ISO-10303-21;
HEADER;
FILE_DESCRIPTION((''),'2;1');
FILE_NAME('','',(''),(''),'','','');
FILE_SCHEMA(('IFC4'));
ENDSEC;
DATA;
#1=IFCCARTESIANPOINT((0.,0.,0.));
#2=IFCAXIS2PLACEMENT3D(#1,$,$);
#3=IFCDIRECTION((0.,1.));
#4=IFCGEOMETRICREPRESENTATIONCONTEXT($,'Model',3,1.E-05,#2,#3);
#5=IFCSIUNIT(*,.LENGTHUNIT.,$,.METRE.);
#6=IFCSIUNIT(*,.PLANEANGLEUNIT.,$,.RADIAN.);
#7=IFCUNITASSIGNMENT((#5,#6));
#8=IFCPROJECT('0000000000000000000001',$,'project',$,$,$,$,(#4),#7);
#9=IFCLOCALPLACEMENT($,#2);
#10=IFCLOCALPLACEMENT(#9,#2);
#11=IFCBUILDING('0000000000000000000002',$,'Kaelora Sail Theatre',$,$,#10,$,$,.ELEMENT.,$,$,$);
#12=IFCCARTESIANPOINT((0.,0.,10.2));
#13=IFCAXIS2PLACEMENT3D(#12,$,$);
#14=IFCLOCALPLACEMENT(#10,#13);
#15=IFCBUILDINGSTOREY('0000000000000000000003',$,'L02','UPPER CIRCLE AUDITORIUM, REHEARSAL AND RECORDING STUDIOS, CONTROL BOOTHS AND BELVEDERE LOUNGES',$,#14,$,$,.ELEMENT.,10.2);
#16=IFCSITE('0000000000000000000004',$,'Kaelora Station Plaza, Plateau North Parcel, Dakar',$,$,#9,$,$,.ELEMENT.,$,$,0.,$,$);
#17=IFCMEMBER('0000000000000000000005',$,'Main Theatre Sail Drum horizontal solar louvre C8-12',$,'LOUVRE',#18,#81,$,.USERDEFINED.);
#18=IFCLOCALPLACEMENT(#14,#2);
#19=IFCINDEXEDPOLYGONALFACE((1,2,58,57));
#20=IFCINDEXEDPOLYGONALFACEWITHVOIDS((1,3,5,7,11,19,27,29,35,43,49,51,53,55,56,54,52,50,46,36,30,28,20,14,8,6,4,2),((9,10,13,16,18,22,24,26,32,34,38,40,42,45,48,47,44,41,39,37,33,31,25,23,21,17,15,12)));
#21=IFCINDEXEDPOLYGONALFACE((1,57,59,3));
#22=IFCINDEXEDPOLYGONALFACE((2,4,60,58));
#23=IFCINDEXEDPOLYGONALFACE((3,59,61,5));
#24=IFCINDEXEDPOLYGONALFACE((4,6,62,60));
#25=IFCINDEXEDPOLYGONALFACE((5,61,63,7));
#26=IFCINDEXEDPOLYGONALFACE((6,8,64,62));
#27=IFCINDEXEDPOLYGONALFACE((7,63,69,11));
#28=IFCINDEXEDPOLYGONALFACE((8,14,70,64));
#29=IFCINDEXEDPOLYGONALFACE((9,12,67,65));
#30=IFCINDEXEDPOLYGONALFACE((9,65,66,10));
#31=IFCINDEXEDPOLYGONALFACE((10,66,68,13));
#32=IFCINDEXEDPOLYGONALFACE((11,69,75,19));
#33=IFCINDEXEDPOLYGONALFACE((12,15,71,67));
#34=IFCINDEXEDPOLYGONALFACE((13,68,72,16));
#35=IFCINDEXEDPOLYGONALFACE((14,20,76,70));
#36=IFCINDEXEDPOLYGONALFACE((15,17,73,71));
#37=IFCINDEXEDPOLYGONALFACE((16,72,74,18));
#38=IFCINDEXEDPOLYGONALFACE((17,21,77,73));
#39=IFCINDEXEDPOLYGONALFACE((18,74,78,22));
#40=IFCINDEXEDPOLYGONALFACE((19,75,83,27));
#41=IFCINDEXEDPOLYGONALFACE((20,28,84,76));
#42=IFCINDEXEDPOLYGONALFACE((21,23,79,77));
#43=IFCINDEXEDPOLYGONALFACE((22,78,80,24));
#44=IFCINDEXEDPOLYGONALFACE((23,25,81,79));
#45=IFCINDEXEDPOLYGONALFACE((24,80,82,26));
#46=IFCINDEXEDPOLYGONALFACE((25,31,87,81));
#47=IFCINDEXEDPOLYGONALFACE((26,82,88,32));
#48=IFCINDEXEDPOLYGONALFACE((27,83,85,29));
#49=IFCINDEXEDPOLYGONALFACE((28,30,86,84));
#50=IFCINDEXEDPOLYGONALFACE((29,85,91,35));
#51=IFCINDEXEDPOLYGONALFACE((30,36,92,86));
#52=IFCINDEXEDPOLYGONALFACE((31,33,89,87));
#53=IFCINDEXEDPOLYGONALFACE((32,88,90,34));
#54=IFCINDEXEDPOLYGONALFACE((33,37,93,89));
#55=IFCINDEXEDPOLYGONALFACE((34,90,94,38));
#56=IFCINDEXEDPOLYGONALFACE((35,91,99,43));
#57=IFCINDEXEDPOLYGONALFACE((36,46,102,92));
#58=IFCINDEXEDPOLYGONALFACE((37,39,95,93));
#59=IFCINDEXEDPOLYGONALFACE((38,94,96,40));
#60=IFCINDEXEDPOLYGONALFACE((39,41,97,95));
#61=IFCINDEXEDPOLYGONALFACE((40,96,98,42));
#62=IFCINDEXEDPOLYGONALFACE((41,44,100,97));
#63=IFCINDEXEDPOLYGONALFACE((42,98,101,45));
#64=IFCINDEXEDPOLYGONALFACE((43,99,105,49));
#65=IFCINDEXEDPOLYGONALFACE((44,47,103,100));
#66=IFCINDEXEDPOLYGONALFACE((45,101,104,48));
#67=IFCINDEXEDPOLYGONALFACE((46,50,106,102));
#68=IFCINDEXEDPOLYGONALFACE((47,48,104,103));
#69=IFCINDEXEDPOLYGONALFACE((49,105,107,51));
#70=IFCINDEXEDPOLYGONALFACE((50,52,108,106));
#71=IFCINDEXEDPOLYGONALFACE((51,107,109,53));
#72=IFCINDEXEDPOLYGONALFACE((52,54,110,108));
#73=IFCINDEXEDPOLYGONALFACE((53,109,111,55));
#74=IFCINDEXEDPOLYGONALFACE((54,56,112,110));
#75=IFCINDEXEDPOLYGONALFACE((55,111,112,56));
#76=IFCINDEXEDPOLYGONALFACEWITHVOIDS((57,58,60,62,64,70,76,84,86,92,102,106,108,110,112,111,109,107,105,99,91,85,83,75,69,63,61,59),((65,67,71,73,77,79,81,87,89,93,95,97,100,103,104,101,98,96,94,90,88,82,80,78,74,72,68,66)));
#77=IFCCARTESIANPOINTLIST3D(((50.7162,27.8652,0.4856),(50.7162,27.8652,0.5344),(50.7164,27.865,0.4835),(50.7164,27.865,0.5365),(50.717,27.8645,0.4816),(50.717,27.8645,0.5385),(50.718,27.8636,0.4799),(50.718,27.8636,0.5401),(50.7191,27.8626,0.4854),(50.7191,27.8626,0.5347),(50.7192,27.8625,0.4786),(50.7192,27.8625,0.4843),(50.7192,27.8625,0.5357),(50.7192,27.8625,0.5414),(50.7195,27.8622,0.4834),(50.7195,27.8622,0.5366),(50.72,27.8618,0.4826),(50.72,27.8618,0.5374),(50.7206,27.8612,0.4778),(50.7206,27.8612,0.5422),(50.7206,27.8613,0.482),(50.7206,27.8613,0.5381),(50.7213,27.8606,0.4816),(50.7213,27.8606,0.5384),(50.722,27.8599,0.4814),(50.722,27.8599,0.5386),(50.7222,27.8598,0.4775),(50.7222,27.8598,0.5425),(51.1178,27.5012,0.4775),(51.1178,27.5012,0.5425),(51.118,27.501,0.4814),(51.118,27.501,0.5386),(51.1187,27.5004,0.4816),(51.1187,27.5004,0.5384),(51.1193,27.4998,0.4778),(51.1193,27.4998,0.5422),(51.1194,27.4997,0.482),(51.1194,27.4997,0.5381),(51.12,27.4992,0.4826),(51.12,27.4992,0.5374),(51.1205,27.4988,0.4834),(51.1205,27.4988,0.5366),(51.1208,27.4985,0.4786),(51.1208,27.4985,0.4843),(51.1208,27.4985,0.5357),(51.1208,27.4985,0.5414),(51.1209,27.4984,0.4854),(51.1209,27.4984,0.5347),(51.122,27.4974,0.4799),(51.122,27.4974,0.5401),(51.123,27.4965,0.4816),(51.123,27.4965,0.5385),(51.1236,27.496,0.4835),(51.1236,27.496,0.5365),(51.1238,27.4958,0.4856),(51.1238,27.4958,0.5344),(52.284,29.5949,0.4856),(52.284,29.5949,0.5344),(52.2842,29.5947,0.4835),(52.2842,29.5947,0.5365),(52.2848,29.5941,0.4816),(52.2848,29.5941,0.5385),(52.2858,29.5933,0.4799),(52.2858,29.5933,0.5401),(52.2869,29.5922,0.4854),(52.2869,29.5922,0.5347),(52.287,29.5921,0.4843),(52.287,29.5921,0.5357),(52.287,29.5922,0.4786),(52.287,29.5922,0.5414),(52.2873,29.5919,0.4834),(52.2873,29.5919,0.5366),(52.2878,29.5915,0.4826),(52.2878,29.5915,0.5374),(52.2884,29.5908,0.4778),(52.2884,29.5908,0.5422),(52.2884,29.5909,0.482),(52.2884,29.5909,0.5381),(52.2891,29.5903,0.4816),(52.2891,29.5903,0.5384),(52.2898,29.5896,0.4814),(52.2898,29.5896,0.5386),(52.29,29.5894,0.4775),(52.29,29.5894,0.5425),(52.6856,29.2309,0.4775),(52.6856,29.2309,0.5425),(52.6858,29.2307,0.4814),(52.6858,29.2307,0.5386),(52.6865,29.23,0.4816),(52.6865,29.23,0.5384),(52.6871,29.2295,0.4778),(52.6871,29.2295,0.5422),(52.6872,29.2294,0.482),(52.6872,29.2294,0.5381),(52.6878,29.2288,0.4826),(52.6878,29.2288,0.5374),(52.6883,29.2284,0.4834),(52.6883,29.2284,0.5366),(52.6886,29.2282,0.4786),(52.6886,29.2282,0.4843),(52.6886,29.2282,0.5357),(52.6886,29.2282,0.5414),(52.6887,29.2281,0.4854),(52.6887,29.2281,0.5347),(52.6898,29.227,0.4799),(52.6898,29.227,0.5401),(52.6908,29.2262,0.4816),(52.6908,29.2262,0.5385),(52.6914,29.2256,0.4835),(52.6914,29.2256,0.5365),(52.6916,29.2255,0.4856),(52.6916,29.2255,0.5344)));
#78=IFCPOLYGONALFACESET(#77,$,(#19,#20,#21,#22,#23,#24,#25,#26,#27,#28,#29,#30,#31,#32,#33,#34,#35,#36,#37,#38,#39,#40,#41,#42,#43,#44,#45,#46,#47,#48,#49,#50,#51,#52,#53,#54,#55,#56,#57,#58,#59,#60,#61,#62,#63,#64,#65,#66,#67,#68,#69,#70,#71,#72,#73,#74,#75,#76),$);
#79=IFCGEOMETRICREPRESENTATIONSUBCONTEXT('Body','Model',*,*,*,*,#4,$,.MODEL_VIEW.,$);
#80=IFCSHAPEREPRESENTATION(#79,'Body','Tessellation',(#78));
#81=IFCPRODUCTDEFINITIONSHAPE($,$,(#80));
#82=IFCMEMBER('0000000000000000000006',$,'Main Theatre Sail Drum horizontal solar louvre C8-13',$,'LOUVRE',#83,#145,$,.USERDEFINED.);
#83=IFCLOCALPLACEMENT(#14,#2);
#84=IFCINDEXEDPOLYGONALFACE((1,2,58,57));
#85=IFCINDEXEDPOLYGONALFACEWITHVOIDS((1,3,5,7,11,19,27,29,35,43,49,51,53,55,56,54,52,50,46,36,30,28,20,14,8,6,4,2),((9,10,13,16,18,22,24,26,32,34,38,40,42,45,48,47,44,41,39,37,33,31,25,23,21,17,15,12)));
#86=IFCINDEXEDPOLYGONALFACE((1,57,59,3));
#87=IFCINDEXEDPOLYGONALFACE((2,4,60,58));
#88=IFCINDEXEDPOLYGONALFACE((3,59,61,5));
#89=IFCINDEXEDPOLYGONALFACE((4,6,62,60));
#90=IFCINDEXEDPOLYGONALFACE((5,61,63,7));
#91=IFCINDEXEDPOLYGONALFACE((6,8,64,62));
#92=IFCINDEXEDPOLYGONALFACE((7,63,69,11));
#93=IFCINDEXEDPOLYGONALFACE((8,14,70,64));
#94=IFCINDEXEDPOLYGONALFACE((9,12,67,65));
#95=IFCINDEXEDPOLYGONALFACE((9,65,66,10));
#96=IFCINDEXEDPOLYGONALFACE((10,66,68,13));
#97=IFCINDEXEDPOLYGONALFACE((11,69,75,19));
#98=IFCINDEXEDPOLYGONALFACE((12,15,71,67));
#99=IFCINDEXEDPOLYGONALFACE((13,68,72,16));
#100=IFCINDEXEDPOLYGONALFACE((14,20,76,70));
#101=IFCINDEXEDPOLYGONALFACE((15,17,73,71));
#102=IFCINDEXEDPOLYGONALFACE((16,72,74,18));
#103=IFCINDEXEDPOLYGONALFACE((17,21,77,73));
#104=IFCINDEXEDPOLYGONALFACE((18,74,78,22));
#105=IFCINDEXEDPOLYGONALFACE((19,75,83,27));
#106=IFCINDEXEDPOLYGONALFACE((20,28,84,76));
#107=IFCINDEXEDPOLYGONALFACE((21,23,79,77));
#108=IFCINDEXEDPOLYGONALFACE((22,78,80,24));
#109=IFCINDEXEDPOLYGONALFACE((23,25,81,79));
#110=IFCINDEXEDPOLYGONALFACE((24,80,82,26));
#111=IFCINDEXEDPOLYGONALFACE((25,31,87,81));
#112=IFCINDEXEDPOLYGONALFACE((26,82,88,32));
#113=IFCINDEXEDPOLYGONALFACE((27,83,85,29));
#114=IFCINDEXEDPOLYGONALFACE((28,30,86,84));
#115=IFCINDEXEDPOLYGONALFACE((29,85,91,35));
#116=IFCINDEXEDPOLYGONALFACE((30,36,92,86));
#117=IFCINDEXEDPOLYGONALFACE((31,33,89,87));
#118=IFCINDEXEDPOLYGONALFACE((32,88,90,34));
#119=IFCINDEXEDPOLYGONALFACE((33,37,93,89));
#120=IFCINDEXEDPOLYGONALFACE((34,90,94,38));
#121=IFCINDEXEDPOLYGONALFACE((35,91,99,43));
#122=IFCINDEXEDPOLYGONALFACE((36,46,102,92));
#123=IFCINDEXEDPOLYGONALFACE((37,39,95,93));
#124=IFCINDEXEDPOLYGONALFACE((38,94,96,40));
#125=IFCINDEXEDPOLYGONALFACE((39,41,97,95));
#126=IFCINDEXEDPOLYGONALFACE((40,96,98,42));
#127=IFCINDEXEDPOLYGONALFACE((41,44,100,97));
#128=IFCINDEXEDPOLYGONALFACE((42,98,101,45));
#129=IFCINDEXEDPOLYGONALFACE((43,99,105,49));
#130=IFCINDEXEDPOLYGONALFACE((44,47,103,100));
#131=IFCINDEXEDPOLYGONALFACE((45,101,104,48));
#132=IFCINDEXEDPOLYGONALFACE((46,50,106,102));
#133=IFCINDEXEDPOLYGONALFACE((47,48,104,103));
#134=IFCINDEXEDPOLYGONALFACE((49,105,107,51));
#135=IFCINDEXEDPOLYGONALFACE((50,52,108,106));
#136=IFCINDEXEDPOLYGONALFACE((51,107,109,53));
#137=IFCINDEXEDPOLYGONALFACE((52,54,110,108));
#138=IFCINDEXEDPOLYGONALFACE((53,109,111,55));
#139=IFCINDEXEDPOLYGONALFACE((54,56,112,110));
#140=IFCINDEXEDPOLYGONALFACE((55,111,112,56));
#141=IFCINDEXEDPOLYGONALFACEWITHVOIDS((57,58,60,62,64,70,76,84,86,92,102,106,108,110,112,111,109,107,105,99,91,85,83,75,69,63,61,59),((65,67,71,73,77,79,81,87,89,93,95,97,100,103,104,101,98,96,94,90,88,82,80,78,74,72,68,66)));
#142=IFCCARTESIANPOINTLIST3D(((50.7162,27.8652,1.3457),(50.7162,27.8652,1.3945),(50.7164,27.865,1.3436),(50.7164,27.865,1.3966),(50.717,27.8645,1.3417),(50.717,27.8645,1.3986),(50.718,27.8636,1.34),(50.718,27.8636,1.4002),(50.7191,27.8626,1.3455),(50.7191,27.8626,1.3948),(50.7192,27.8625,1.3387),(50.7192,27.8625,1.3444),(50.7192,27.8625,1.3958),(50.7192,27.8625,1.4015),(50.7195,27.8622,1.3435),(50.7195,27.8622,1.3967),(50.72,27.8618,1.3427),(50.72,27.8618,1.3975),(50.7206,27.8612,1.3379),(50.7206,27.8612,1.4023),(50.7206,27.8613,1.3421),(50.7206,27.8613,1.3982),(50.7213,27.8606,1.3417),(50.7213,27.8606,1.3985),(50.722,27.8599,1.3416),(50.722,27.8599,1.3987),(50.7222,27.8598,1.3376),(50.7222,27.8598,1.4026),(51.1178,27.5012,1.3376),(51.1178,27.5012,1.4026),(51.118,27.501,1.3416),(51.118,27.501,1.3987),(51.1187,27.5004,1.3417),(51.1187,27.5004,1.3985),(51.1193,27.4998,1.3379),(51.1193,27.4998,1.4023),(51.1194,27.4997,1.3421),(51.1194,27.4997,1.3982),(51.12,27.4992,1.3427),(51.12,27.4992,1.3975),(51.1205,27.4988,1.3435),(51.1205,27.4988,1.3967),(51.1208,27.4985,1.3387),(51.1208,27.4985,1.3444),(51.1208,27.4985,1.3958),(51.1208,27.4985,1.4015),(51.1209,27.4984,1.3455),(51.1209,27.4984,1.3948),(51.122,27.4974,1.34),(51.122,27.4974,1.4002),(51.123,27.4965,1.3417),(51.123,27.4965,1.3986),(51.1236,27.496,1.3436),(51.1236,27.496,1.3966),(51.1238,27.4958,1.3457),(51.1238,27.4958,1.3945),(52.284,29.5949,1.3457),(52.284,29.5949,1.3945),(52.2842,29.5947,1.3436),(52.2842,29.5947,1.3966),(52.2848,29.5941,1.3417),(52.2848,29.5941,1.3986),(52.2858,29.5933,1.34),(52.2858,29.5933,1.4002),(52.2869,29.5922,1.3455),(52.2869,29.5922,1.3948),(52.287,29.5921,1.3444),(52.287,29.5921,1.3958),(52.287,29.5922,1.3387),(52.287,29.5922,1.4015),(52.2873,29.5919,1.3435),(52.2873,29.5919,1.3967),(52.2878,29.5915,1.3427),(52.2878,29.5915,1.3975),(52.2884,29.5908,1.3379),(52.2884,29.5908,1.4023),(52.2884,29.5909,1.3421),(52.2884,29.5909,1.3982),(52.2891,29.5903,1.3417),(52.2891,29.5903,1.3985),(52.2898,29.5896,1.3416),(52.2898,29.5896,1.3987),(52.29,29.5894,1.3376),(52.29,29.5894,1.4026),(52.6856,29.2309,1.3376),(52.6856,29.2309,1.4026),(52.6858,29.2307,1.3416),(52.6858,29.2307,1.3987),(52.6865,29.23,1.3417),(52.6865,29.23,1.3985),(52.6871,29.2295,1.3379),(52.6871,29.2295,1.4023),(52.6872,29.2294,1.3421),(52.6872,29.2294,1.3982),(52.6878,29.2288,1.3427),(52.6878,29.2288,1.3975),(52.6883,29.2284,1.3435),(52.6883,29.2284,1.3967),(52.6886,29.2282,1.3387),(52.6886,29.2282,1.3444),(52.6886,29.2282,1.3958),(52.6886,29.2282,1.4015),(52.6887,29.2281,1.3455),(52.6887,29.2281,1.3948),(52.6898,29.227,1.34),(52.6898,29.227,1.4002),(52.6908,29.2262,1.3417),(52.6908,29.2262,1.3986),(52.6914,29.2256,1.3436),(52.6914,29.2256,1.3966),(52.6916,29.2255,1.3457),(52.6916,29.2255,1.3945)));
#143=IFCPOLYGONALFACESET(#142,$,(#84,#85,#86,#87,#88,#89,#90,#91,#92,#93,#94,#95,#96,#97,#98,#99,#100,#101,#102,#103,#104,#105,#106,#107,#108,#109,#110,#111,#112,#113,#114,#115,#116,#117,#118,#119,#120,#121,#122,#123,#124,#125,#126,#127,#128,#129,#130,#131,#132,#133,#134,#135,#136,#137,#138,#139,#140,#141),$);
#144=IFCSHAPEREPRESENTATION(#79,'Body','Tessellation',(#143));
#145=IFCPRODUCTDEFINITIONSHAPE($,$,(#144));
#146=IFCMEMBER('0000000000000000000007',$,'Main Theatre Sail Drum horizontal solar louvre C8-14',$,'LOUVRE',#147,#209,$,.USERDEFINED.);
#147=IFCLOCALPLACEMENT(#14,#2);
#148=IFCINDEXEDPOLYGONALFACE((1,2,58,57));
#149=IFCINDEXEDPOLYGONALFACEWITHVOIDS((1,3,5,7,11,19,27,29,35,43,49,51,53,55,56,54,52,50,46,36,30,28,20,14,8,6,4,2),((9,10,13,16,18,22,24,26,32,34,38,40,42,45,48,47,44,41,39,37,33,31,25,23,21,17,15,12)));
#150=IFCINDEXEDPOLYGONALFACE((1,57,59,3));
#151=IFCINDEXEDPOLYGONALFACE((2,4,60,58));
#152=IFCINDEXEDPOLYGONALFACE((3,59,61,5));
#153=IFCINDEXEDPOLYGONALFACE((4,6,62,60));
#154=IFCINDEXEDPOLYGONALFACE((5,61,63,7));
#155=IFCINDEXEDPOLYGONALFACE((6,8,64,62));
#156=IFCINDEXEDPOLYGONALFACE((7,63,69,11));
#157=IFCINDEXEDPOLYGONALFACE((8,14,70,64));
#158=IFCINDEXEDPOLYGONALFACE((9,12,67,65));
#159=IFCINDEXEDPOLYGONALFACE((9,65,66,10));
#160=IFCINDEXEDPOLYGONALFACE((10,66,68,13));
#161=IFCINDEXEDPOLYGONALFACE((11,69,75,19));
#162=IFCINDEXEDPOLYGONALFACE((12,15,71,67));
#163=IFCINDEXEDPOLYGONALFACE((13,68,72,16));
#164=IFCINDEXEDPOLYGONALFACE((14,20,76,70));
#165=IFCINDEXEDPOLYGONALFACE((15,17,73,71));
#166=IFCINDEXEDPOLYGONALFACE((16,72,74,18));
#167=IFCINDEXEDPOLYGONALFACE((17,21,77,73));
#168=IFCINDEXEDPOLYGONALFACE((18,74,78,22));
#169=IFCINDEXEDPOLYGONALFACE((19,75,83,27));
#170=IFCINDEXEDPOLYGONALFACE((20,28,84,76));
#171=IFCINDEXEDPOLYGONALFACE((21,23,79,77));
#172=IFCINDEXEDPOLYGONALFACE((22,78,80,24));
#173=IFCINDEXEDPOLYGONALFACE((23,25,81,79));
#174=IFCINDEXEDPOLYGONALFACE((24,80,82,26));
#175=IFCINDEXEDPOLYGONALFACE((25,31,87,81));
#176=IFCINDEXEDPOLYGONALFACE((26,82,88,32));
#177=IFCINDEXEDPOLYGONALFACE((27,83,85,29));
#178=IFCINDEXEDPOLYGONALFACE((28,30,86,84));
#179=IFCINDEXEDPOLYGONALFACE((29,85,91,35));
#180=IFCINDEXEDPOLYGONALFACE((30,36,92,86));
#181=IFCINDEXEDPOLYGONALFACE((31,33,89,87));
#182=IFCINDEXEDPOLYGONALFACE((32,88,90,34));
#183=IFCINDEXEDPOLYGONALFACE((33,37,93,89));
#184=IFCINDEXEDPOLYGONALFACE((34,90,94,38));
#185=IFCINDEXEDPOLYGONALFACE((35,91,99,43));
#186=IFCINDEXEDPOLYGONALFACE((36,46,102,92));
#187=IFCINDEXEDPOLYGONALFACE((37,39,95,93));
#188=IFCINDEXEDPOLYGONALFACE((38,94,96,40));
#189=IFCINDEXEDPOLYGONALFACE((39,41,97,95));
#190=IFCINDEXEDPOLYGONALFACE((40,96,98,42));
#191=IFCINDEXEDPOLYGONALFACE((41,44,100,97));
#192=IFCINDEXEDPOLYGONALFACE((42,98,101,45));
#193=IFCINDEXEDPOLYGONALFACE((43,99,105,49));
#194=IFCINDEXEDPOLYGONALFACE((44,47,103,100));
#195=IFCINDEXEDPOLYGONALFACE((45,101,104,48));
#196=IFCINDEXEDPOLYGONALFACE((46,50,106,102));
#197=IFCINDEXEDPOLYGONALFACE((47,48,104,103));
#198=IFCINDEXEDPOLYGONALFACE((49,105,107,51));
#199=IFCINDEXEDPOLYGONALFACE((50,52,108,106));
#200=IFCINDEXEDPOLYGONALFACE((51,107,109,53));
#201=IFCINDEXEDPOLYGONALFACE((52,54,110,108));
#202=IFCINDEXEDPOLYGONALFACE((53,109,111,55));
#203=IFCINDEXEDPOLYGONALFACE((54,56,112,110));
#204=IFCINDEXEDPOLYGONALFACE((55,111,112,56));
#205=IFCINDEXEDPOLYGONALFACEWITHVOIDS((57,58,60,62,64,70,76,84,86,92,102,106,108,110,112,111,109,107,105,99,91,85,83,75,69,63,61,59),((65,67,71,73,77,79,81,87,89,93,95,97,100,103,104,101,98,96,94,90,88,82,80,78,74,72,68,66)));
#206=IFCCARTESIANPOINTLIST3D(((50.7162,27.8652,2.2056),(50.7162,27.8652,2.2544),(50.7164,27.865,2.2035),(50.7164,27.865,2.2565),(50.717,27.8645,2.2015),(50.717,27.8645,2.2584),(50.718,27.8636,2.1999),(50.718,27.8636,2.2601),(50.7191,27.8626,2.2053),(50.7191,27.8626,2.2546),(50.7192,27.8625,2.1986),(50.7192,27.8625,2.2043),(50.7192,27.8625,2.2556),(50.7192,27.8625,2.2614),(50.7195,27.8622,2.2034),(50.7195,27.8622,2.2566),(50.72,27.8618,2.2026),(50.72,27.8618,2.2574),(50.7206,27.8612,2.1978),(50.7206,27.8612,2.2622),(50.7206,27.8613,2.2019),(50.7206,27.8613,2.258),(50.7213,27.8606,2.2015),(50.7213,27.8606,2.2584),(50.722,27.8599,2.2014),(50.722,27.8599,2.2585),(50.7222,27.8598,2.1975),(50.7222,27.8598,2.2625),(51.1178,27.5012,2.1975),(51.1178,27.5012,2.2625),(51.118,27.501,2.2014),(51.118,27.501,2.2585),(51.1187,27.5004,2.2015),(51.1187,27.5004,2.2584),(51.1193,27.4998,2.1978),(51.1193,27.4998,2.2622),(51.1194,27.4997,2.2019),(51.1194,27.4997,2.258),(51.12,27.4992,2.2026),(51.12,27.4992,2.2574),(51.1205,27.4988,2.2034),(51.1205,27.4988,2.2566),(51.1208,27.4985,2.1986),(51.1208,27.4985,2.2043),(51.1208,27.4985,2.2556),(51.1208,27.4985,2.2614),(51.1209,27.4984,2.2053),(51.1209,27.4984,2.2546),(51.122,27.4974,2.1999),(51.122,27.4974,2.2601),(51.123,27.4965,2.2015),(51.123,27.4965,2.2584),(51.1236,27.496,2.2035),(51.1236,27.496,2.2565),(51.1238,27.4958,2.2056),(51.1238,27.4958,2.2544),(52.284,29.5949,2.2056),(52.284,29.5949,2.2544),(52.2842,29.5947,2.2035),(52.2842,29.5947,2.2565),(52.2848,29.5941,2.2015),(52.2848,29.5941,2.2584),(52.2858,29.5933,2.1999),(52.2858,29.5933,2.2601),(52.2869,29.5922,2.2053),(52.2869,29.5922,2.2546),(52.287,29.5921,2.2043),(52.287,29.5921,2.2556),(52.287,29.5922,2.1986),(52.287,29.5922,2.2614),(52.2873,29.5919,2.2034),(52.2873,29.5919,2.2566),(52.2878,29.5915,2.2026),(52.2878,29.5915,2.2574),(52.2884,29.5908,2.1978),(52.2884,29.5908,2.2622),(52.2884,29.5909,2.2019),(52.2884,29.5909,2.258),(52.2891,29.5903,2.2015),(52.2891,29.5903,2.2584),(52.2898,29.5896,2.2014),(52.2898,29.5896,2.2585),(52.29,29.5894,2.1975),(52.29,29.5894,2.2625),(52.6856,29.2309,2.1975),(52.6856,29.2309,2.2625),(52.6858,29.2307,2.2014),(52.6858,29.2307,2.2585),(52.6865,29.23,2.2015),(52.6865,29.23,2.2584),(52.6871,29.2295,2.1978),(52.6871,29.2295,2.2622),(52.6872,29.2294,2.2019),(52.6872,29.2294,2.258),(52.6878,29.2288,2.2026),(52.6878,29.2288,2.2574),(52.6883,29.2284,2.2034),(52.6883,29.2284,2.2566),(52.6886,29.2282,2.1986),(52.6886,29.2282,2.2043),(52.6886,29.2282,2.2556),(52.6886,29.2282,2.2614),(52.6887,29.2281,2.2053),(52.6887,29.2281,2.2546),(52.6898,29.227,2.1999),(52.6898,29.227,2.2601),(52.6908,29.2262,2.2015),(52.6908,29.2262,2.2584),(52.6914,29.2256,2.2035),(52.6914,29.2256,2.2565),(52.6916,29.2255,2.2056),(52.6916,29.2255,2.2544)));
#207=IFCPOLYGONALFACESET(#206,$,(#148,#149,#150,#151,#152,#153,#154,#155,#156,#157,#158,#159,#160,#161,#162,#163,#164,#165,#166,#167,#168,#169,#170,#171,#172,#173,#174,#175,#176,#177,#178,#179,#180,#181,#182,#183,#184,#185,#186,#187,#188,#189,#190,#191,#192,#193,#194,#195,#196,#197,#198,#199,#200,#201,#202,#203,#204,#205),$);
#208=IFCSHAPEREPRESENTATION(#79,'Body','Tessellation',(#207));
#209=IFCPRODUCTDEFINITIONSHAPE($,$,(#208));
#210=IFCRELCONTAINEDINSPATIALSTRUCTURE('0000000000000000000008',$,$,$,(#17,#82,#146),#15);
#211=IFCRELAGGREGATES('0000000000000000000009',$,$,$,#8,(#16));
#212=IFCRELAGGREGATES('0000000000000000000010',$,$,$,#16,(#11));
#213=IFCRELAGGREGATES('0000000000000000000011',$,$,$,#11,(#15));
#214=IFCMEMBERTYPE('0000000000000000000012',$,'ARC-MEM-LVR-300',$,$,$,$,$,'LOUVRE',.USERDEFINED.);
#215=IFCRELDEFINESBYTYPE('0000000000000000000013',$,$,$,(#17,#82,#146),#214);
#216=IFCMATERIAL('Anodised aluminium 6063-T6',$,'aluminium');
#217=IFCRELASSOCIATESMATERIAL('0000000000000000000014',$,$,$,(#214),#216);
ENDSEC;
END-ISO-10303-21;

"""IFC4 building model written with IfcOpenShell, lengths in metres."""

from ifc_helpers import new_model, si_unit, direction, frame, origin, origin_2d, place, context, subcontext, project, spatial, hollow_rectangle, extrude, material, material_profile, profile_set, type_object, element, save


model = new_model("IFC4")

# Units and contexts
model_context = context("Model", 3, precision=1e-05, world=origin(), true_north=direction((0.0, 1.0)))
body_context = subcontext(model_context, "Body", "Model", "MODEL_VIEW")
ifc_project = project(units=[si_unit("LENGTHUNIT", "METRE"), si_unit("PLANEANGLEUNIT", "RADIAN")], contexts=[model_context])

# Site, building, storey
site_placement = place(None, origin())
site = spatial("IfcSite", under=ifc_project, at=site_placement, Name="Kaelora Station Plaza, Plateau North Parcel, Dakar", CompositionType="ELEMENT", RefElevation=0.0)
building_placement = place(site_placement, origin())
building = spatial("IfcBuilding", under=site, at=building_placement, Name="Kaelora Sail Theatre", CompositionType="ELEMENT")
storey_placement = place(building_placement, frame((0.0, 0.0, 10.2)))
storey = spatial("IfcBuildingStorey", under=building, at=storey_placement, Name="L02", Description="UPPER CIRCLE AUDITORIUM, REHEARSAL AND RECORDING STUDIOS, CONTROL BOOTHS AND BELVEDERE LOUNGES", CompositionType="ELEMENT", Elevation=10.2)

# Members
ifc_material_1 = material(Name="Anodised aluminium 6063-T6", Category="aluminium")
ifc_material_profile_1 = material_profile(ifc_material_1, hollow_rectangle(XDim=0.55, YDim=0.0649, WallThickness=0.0039, InnerFilletRadius=0.0039, OuterFilletRadius=0.0081, at=origin_2d()), Name="LOUVRE 550x65x4")
ifc_profile_set_1 = profile_set([ifc_material_profile_1], Name="Anodised aluminium 6063-T6")
member_type = type_object("IfcMemberType", Name="ARC-MEM-LVR-300", ElementType="LOUVRE", PredefinedType="USERDEFINED", material=ifc_profile_set_1)
for number, where, z_axis, x_axis, name in (
    (1, (52.4878, 29.4102, 0.51), (-0.671589, -0.740924, 0.0), (0.740924, -0.671589, 0.0), "Main Theatre Sail Drum horizontal solar louvre C8-12"),
    (2, (52.4878, 29.4102, 1.3701), (-0.671589, -0.740924, 0.0), (0.740924, -0.671589, 0.0), "Main Theatre Sail Drum horizontal solar louvre C8-13"),
    (3, (52.4878, 29.4102, 2.23), (-0.671589, -0.740924, 0.0), (0.740924, -0.671589, 0.0), "Main Theatre Sail Drum horizontal solar louvre C8-14"),
):
    element("IfcMember", number, at=place(storey_placement, frame(where, z_axis=z_axis, x_axis=x_axis)), inside=storey, type_object=member_type, Name=name, ObjectType="LOUVRE", PredefinedType="USERDEFINED", context=body_context, shape_type="SweptSolid", body=[
        extrude(hollow_rectangle(XDim=0.55, YDim=0.0649, WallThickness=0.0039, InnerFilletRadius=0.0039, OuterFilletRadius=0.0081, at=origin_2d()), origin(), (0.0, 0.0, 1.0), 2.3345),
    ])

save(model, "model.ifc")
